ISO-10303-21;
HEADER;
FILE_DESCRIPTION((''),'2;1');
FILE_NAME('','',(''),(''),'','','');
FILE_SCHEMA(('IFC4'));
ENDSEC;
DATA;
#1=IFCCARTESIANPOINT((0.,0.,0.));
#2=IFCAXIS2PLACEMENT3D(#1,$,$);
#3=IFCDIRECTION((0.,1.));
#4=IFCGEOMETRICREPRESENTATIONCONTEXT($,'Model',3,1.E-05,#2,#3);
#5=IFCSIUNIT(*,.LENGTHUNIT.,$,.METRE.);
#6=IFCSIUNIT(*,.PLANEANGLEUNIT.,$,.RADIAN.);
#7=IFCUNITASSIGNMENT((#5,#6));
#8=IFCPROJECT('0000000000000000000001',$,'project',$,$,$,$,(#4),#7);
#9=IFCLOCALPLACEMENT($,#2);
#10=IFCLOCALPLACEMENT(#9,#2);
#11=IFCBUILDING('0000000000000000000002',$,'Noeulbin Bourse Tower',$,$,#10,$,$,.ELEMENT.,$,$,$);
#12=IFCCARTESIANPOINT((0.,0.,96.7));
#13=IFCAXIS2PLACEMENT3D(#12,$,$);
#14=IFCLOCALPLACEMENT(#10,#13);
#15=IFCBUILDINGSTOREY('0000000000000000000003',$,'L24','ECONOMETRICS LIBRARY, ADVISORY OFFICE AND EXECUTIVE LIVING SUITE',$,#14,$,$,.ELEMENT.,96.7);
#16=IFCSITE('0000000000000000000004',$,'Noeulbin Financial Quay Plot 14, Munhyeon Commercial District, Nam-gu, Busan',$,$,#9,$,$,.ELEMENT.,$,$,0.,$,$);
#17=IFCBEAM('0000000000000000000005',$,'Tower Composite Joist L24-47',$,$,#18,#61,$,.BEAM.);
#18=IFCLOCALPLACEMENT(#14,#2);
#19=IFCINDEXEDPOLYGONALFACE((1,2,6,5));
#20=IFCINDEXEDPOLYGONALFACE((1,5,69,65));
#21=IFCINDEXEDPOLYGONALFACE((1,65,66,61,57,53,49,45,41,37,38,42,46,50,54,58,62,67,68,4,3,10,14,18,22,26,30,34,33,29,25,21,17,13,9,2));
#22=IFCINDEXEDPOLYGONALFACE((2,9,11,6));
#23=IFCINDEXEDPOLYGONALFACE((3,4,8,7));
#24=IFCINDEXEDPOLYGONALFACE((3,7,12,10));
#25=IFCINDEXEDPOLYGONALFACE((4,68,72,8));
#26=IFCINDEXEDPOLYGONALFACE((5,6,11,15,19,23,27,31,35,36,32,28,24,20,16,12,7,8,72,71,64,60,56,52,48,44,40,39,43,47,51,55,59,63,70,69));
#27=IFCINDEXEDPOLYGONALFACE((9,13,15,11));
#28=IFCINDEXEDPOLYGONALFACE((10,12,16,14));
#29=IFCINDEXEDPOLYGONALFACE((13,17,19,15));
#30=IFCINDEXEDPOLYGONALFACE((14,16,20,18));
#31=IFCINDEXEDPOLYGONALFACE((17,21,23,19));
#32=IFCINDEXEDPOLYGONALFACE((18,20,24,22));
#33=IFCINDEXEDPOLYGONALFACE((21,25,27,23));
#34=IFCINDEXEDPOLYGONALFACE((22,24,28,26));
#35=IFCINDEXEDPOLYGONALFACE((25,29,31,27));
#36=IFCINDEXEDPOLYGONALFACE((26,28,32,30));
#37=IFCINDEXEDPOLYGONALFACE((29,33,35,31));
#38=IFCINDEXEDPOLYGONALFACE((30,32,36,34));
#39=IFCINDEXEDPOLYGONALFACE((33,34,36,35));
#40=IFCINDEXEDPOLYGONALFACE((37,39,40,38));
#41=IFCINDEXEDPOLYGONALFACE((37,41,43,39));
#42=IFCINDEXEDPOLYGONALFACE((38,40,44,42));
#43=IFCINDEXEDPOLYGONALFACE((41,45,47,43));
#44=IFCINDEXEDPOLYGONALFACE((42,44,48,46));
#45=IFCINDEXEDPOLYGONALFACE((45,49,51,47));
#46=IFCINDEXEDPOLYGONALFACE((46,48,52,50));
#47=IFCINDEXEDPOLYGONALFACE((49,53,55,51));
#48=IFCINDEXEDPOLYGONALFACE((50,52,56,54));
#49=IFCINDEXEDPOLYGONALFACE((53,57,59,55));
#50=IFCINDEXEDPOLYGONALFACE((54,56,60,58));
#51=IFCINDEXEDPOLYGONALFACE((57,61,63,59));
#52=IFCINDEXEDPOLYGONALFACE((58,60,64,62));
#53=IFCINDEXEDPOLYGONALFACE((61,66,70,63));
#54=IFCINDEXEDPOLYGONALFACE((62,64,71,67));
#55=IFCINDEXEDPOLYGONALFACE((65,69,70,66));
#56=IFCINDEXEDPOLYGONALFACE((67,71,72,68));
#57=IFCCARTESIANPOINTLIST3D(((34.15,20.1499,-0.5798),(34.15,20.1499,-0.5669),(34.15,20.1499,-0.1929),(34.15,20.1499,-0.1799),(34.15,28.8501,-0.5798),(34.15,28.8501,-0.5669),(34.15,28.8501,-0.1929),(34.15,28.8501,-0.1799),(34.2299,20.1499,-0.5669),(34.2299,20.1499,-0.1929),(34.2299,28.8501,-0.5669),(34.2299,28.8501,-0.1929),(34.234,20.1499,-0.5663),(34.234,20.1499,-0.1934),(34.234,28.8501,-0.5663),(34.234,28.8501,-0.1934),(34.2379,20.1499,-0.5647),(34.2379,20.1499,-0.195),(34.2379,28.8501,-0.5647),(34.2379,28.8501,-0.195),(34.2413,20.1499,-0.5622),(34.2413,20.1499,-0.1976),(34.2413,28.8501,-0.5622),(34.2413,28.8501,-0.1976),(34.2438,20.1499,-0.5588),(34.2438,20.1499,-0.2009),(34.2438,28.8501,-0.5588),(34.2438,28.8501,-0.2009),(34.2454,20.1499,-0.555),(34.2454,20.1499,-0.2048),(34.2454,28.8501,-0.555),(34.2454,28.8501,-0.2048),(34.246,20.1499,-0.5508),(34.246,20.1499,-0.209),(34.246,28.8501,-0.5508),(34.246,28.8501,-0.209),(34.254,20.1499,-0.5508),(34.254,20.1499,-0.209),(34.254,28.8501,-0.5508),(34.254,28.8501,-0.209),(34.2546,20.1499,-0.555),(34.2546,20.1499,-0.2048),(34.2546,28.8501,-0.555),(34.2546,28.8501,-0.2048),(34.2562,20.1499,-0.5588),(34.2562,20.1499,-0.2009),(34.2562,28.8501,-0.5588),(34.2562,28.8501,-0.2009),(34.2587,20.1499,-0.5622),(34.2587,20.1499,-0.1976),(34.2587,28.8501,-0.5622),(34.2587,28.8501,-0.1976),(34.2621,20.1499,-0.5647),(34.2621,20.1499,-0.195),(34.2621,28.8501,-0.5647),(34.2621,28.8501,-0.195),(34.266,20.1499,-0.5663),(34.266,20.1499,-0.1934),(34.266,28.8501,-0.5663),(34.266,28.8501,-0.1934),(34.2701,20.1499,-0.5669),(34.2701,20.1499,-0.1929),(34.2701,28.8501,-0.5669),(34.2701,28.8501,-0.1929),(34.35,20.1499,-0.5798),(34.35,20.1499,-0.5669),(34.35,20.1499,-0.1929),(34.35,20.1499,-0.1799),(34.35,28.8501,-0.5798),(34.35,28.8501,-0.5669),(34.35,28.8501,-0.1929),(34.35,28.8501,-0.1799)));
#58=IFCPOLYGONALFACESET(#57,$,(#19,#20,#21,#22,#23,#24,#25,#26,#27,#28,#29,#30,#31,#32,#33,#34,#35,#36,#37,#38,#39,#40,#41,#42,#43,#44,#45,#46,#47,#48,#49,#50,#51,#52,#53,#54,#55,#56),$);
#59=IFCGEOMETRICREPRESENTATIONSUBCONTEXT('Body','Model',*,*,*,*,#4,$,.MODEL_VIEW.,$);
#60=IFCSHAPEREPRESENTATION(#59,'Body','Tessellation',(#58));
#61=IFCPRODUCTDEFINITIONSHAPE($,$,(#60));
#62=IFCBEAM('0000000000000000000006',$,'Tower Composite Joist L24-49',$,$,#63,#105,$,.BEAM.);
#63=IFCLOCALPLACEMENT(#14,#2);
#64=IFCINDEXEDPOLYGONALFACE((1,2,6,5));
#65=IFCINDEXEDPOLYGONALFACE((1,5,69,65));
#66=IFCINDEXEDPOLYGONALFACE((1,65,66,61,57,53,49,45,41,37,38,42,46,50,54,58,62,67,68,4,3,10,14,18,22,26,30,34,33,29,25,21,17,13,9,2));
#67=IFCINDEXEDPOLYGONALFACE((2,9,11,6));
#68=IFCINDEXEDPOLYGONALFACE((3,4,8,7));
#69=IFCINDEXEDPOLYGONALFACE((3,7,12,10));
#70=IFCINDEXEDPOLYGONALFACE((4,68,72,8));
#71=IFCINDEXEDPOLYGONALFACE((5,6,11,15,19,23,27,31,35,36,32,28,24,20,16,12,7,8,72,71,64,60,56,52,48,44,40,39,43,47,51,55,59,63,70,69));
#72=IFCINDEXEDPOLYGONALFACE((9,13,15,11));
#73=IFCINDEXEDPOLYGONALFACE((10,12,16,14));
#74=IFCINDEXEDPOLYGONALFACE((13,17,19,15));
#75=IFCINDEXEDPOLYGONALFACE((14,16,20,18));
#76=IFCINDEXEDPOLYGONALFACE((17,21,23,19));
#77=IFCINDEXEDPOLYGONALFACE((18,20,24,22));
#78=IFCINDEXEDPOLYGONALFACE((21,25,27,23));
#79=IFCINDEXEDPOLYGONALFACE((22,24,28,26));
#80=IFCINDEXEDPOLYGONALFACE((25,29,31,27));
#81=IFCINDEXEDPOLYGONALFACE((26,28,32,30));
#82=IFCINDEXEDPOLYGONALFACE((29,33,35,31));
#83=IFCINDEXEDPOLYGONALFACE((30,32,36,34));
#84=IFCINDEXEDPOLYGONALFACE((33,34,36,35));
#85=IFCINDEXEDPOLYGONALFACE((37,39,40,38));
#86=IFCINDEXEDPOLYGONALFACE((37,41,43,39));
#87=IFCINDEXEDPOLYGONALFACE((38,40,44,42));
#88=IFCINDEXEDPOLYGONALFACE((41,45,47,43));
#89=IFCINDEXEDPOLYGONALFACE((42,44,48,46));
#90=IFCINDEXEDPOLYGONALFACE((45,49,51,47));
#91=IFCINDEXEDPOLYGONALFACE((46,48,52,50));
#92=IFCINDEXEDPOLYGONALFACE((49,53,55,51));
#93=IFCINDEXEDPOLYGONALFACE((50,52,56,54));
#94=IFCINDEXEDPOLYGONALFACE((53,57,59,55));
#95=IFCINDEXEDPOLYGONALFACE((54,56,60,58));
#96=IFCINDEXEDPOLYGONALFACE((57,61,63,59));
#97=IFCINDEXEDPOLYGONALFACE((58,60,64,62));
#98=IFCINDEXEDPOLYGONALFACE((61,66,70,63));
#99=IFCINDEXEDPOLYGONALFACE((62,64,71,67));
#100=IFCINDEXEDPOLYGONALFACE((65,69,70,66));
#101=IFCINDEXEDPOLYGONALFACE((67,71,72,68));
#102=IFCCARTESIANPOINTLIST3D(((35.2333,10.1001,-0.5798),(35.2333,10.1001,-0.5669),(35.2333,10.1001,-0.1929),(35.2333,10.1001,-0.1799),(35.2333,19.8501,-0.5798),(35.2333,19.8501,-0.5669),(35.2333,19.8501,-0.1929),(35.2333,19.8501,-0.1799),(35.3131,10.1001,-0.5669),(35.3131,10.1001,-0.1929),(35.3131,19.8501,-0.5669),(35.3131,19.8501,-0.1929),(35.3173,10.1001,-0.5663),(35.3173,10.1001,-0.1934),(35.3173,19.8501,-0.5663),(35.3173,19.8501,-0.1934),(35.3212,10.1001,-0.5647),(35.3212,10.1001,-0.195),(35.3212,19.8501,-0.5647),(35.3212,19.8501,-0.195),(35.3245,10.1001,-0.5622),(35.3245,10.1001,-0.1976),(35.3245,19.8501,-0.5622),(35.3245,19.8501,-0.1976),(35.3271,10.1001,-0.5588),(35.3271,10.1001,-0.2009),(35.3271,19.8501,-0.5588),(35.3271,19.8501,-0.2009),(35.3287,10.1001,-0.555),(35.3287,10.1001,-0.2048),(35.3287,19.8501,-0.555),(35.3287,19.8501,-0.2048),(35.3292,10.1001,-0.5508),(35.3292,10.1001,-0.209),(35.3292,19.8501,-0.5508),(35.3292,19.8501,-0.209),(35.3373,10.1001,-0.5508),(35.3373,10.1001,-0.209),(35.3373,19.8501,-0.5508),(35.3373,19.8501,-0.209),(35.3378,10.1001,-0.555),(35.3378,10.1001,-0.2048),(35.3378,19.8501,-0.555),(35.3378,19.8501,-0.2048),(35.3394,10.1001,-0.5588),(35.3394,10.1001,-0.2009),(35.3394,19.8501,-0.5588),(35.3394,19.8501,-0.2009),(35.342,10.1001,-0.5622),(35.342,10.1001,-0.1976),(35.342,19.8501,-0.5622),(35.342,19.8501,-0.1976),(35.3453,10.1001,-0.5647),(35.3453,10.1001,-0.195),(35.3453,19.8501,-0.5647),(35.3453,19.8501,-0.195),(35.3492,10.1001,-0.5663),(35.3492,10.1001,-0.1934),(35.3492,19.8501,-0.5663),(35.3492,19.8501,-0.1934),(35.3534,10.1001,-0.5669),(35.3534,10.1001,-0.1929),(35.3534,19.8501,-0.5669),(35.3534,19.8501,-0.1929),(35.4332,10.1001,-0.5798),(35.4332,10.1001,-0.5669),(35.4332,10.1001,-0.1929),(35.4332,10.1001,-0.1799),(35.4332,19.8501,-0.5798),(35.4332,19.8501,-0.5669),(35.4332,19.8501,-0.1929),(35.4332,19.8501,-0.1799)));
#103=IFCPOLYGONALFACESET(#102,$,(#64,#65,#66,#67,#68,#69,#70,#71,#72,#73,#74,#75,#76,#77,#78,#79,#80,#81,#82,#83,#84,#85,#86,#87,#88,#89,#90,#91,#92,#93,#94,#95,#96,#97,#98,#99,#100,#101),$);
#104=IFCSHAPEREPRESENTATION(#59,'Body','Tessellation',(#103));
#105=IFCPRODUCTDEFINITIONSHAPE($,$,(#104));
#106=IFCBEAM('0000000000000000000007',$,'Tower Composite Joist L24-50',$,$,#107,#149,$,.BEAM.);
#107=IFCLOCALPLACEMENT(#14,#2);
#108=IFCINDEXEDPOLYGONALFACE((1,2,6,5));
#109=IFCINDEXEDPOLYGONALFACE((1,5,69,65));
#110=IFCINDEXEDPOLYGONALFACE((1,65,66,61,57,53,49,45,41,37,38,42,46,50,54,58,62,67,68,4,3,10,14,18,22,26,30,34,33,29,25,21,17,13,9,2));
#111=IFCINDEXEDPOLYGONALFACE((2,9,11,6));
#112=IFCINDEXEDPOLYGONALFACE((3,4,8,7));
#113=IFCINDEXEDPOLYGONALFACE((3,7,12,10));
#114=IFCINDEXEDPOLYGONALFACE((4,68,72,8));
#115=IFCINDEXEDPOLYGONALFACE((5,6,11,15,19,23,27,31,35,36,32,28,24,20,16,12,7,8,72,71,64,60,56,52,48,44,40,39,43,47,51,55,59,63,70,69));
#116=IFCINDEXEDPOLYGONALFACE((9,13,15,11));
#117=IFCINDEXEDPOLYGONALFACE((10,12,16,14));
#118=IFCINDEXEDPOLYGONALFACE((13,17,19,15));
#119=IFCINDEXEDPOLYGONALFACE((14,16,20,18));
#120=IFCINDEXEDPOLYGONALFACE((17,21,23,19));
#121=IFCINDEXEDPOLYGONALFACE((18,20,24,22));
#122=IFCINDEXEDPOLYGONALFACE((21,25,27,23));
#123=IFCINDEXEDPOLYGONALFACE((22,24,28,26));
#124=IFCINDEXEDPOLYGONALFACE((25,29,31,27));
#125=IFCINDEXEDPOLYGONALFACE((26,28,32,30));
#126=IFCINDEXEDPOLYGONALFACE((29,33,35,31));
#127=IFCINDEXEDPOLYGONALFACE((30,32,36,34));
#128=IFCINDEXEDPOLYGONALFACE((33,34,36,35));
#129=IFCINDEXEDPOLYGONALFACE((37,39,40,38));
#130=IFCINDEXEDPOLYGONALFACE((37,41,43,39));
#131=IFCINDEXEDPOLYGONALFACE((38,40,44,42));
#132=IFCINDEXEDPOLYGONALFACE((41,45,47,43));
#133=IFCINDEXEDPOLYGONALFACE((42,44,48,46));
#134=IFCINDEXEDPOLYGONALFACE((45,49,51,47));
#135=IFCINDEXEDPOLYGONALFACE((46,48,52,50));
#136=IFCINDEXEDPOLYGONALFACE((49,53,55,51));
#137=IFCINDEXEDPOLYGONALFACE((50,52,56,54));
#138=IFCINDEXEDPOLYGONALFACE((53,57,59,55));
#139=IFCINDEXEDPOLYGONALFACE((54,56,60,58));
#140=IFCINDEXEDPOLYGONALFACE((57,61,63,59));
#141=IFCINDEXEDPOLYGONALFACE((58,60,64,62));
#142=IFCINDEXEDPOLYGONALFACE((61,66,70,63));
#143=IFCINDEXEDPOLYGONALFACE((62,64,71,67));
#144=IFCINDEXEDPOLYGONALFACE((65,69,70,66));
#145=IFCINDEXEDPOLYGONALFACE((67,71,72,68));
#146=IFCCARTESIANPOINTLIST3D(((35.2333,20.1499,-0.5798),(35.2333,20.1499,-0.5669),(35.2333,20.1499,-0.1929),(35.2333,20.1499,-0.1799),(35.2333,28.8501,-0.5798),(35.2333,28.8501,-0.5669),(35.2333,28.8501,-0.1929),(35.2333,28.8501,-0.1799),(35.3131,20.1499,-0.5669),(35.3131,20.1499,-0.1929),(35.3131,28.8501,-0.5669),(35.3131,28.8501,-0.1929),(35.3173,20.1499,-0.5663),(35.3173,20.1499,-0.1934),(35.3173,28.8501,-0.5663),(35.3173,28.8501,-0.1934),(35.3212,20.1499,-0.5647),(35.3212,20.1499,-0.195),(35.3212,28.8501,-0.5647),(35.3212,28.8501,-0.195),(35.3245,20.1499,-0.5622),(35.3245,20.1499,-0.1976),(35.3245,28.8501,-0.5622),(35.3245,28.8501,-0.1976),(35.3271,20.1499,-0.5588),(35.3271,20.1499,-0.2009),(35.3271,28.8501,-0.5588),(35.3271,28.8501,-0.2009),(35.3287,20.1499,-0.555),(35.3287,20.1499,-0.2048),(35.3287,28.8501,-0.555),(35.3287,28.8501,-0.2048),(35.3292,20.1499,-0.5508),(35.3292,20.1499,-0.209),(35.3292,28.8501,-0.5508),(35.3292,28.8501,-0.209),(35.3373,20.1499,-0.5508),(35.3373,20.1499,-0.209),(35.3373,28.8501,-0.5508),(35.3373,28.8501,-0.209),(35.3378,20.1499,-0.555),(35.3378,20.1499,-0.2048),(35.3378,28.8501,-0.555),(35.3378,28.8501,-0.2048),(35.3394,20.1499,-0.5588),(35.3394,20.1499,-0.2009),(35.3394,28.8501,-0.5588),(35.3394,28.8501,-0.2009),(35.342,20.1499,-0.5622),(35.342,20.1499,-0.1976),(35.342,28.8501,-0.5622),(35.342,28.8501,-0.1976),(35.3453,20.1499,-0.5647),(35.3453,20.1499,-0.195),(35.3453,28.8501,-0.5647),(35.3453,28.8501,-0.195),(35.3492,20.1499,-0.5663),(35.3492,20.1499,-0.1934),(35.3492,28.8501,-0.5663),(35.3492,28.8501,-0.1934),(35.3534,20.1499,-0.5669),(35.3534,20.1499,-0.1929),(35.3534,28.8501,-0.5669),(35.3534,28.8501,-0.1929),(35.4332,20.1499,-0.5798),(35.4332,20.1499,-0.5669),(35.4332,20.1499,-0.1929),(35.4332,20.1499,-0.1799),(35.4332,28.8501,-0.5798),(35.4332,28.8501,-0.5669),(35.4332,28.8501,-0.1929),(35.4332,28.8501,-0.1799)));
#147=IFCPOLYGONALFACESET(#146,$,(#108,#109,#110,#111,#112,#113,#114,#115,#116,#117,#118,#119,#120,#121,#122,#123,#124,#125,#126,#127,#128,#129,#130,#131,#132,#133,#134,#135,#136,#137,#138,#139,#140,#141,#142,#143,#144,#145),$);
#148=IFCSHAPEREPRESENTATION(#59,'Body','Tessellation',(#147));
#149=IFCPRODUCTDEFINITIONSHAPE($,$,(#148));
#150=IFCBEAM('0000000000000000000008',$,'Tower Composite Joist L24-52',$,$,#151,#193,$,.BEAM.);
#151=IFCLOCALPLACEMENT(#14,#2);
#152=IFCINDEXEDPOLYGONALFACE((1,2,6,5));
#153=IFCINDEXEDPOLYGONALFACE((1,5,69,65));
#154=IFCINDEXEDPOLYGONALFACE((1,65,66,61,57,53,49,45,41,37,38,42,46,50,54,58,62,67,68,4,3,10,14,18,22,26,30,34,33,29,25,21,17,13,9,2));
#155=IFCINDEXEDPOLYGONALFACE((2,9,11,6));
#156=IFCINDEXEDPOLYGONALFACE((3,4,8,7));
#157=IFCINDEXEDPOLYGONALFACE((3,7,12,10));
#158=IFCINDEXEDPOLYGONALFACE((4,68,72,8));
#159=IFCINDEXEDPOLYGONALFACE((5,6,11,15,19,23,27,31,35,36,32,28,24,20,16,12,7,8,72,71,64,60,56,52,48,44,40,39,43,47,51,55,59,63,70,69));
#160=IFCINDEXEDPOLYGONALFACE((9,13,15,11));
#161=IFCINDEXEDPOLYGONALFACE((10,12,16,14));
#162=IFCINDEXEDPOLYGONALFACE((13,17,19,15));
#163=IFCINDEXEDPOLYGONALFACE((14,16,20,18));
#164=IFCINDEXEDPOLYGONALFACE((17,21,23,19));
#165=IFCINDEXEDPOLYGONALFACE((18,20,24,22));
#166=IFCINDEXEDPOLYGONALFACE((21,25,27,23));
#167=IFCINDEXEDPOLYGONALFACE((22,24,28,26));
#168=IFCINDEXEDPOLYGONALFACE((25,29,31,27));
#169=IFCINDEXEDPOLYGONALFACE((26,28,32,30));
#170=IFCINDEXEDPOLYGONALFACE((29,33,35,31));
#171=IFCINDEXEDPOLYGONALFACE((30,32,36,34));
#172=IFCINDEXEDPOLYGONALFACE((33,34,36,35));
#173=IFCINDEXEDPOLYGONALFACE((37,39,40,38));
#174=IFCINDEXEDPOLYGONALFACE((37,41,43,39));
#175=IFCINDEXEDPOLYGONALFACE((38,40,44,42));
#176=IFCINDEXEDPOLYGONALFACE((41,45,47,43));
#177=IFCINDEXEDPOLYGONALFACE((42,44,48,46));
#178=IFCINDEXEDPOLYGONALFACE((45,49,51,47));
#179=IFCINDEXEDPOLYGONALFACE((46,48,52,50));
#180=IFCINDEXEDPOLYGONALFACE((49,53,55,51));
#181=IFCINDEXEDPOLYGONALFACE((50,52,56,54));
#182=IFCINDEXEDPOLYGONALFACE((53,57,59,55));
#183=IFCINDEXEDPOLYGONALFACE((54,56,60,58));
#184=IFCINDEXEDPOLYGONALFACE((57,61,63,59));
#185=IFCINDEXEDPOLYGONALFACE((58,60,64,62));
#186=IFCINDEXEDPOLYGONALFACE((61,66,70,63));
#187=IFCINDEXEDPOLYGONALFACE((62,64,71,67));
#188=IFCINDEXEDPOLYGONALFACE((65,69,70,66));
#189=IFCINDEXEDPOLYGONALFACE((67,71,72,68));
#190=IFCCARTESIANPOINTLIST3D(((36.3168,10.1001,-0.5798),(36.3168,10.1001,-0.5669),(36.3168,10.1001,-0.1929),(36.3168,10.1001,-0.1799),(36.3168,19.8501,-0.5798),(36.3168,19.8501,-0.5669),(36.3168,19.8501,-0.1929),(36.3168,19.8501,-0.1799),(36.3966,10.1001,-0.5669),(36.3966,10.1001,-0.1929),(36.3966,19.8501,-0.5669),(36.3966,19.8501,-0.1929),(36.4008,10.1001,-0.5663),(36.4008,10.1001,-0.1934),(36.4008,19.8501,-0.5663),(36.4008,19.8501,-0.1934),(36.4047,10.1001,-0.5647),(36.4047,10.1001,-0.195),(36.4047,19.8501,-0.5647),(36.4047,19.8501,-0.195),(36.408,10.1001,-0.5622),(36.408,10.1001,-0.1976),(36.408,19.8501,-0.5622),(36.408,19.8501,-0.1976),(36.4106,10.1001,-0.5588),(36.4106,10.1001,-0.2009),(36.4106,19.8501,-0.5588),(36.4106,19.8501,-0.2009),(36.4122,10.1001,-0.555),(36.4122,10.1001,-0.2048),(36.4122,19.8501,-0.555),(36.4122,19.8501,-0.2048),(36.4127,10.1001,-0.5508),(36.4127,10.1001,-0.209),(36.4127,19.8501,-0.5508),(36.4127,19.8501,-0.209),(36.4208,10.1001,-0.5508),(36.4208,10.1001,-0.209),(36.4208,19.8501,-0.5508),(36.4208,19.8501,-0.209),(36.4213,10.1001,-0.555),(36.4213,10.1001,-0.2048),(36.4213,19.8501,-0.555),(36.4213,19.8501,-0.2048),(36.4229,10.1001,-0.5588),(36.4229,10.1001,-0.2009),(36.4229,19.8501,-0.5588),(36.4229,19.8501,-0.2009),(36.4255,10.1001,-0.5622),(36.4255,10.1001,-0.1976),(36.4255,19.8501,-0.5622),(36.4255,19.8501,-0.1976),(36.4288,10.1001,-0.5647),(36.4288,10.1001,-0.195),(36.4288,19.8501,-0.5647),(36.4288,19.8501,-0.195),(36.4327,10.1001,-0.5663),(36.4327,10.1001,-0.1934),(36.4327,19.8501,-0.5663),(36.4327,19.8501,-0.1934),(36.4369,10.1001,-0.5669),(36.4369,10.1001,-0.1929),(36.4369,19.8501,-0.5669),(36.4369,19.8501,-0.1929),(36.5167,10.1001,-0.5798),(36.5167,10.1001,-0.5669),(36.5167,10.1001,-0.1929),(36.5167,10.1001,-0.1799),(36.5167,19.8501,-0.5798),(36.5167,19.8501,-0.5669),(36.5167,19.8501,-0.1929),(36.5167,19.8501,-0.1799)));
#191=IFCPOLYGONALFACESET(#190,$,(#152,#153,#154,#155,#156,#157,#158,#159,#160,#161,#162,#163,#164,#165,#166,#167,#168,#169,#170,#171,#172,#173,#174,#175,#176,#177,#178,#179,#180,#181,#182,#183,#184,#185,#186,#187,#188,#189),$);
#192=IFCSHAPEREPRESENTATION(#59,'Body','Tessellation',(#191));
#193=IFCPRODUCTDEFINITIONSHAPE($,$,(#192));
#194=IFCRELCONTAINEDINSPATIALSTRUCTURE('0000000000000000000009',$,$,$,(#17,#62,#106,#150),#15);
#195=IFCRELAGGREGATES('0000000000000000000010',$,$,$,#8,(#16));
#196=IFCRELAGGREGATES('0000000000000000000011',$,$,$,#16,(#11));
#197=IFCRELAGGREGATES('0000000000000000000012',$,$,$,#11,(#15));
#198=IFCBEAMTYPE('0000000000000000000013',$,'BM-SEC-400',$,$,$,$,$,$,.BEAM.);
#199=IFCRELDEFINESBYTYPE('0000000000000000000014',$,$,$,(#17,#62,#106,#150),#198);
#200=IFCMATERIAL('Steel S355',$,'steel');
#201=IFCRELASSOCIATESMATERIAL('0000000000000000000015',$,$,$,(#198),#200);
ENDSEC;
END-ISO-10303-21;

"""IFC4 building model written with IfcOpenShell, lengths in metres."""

from ifc_helpers import new_model, si_unit, direction, frame, origin, origin_2d, place, context, subcontext, project, spatial, i_section, extrude, material, material_profile, profile_set, type_object, element, save


model = new_model("IFC4")

# Units and contexts
model_context = context("Model", 3, precision=1e-05, world=origin(), true_north=direction((0.0, 1.0)))
body_context = subcontext(model_context, "Body", "Model", "MODEL_VIEW")
ifc_project = project(units=[si_unit("LENGTHUNIT", "METRE"), si_unit("PLANEANGLEUNIT", "RADIAN")], contexts=[model_context])

# Site, building, storey
site_placement = place(None, origin())
site = spatial("IfcSite", under=ifc_project, at=site_placement, Name="Noeulbin Financial Quay Plot 14, Munhyeon Commercial District, Nam-gu, Busan", CompositionType="ELEMENT", RefElevation=0.0)
building_placement = place(site_placement, origin())
building = spatial("IfcBuilding", under=site, at=building_placement, Name="Noeulbin Bourse Tower", CompositionType="ELEMENT")
storey_placement = place(building_placement, frame((0.0, 0.0, 96.7)))
storey = spatial("IfcBuildingStorey", under=building, at=storey_placement, Name="L24", Description="ECONOMETRICS LIBRARY, ADVISORY OFFICE AND EXECUTIVE LIVING SUITE", CompositionType="ELEMENT", Elevation=96.7)

# Beams
ifc_material_1 = material(Name="Steel S355", Category="steel")
ifc_material_profile_1 = material_profile(ifc_material_1, i_section(OverallWidth=0.2, OverallDepth=0.3999, WebThickness=0.0081, FlangeThickness=0.0129, FilletRadius=0.0161, at=origin_2d()), Name="H-400x200x8x13", Category="LoadBearing")
ifc_profile_set_1 = profile_set([ifc_material_profile_1], Name="Steel S355")
beam_type_1 = type_object("IfcBeamType", Name="BM-SEC-400", PredefinedType="BEAM", material=ifc_profile_set_1)
beam_1_placement = place(storey_placement, frame((34.25, 20.1499, -0.3799), z_axis=(0.0, 1.0, 0.0), x_axis=(-1.0, 0.0, 0.0)))
element("IfcBeam", 1, at=beam_1_placement, inside=storey, type_object=beam_type_1, Name="Tower Composite Joist L24-47", PredefinedType="BEAM", context=body_context, shape_type="SweptSolid", body=[
    extrude(i_section(OverallWidth=0.2, OverallDepth=0.3999, WebThickness=0.0081, FlangeThickness=0.0129, FilletRadius=0.0161, at=origin_2d()), origin(), (0.0, 0.0, 1.0), 8.7002),
])
beam_2_placement = place(storey_placement, frame((35.3333, 10.1001, -0.3799), z_axis=(0.0, 1.0, 0.0), x_axis=(-1.0, 0.0, 0.0)))
element("IfcBeam", 2, at=beam_2_placement, inside=storey, type_object=beam_type_1, Name="Tower Composite Joist L24-49", PredefinedType="BEAM", context=body_context, shape_type="SweptSolid", body=[
    extrude(i_section(OverallWidth=0.2, OverallDepth=0.3999, WebThickness=0.0081, FlangeThickness=0.0129, FilletRadius=0.0161, at=origin_2d()), origin(), (0.0, 0.0, 1.0), 9.75),
])
beam_3_placement = place(storey_placement, frame((35.3333, 20.1499, -0.3799), z_axis=(0.0, 1.0, 0.0), x_axis=(-1.0, 0.0, 0.0)))
element("IfcBeam", 3, at=beam_3_placement, inside=storey, type_object=beam_type_1, Name="Tower Composite Joist L24-50", PredefinedType="BEAM", context=body_context, shape_type="SweptSolid", body=[
    extrude(i_section(OverallWidth=0.2, OverallDepth=0.3999, WebThickness=0.0081, FlangeThickness=0.0129, FilletRadius=0.0161, at=origin_2d()), origin(), (0.0, 0.0, 1.0), 8.7002),
])
beam_4_placement = place(storey_placement, frame((36.4167, 10.1001, -0.3799), z_axis=(0.0, 1.0, 0.0), x_axis=(-1.0, 0.0, 0.0)))
element("IfcBeam", 4, at=beam_4_placement, inside=storey, type_object=beam_type_1, Name="Tower Composite Joist L24-52", PredefinedType="BEAM", context=body_context, shape_type="SweptSolid", body=[
    extrude(i_section(OverallWidth=0.2, OverallDepth=0.3999, WebThickness=0.0081, FlangeThickness=0.0129, FilletRadius=0.0161, at=origin_2d()), origin(), (0.0, 0.0, 1.0), 9.75),
])

save(model, "model.ifc")
